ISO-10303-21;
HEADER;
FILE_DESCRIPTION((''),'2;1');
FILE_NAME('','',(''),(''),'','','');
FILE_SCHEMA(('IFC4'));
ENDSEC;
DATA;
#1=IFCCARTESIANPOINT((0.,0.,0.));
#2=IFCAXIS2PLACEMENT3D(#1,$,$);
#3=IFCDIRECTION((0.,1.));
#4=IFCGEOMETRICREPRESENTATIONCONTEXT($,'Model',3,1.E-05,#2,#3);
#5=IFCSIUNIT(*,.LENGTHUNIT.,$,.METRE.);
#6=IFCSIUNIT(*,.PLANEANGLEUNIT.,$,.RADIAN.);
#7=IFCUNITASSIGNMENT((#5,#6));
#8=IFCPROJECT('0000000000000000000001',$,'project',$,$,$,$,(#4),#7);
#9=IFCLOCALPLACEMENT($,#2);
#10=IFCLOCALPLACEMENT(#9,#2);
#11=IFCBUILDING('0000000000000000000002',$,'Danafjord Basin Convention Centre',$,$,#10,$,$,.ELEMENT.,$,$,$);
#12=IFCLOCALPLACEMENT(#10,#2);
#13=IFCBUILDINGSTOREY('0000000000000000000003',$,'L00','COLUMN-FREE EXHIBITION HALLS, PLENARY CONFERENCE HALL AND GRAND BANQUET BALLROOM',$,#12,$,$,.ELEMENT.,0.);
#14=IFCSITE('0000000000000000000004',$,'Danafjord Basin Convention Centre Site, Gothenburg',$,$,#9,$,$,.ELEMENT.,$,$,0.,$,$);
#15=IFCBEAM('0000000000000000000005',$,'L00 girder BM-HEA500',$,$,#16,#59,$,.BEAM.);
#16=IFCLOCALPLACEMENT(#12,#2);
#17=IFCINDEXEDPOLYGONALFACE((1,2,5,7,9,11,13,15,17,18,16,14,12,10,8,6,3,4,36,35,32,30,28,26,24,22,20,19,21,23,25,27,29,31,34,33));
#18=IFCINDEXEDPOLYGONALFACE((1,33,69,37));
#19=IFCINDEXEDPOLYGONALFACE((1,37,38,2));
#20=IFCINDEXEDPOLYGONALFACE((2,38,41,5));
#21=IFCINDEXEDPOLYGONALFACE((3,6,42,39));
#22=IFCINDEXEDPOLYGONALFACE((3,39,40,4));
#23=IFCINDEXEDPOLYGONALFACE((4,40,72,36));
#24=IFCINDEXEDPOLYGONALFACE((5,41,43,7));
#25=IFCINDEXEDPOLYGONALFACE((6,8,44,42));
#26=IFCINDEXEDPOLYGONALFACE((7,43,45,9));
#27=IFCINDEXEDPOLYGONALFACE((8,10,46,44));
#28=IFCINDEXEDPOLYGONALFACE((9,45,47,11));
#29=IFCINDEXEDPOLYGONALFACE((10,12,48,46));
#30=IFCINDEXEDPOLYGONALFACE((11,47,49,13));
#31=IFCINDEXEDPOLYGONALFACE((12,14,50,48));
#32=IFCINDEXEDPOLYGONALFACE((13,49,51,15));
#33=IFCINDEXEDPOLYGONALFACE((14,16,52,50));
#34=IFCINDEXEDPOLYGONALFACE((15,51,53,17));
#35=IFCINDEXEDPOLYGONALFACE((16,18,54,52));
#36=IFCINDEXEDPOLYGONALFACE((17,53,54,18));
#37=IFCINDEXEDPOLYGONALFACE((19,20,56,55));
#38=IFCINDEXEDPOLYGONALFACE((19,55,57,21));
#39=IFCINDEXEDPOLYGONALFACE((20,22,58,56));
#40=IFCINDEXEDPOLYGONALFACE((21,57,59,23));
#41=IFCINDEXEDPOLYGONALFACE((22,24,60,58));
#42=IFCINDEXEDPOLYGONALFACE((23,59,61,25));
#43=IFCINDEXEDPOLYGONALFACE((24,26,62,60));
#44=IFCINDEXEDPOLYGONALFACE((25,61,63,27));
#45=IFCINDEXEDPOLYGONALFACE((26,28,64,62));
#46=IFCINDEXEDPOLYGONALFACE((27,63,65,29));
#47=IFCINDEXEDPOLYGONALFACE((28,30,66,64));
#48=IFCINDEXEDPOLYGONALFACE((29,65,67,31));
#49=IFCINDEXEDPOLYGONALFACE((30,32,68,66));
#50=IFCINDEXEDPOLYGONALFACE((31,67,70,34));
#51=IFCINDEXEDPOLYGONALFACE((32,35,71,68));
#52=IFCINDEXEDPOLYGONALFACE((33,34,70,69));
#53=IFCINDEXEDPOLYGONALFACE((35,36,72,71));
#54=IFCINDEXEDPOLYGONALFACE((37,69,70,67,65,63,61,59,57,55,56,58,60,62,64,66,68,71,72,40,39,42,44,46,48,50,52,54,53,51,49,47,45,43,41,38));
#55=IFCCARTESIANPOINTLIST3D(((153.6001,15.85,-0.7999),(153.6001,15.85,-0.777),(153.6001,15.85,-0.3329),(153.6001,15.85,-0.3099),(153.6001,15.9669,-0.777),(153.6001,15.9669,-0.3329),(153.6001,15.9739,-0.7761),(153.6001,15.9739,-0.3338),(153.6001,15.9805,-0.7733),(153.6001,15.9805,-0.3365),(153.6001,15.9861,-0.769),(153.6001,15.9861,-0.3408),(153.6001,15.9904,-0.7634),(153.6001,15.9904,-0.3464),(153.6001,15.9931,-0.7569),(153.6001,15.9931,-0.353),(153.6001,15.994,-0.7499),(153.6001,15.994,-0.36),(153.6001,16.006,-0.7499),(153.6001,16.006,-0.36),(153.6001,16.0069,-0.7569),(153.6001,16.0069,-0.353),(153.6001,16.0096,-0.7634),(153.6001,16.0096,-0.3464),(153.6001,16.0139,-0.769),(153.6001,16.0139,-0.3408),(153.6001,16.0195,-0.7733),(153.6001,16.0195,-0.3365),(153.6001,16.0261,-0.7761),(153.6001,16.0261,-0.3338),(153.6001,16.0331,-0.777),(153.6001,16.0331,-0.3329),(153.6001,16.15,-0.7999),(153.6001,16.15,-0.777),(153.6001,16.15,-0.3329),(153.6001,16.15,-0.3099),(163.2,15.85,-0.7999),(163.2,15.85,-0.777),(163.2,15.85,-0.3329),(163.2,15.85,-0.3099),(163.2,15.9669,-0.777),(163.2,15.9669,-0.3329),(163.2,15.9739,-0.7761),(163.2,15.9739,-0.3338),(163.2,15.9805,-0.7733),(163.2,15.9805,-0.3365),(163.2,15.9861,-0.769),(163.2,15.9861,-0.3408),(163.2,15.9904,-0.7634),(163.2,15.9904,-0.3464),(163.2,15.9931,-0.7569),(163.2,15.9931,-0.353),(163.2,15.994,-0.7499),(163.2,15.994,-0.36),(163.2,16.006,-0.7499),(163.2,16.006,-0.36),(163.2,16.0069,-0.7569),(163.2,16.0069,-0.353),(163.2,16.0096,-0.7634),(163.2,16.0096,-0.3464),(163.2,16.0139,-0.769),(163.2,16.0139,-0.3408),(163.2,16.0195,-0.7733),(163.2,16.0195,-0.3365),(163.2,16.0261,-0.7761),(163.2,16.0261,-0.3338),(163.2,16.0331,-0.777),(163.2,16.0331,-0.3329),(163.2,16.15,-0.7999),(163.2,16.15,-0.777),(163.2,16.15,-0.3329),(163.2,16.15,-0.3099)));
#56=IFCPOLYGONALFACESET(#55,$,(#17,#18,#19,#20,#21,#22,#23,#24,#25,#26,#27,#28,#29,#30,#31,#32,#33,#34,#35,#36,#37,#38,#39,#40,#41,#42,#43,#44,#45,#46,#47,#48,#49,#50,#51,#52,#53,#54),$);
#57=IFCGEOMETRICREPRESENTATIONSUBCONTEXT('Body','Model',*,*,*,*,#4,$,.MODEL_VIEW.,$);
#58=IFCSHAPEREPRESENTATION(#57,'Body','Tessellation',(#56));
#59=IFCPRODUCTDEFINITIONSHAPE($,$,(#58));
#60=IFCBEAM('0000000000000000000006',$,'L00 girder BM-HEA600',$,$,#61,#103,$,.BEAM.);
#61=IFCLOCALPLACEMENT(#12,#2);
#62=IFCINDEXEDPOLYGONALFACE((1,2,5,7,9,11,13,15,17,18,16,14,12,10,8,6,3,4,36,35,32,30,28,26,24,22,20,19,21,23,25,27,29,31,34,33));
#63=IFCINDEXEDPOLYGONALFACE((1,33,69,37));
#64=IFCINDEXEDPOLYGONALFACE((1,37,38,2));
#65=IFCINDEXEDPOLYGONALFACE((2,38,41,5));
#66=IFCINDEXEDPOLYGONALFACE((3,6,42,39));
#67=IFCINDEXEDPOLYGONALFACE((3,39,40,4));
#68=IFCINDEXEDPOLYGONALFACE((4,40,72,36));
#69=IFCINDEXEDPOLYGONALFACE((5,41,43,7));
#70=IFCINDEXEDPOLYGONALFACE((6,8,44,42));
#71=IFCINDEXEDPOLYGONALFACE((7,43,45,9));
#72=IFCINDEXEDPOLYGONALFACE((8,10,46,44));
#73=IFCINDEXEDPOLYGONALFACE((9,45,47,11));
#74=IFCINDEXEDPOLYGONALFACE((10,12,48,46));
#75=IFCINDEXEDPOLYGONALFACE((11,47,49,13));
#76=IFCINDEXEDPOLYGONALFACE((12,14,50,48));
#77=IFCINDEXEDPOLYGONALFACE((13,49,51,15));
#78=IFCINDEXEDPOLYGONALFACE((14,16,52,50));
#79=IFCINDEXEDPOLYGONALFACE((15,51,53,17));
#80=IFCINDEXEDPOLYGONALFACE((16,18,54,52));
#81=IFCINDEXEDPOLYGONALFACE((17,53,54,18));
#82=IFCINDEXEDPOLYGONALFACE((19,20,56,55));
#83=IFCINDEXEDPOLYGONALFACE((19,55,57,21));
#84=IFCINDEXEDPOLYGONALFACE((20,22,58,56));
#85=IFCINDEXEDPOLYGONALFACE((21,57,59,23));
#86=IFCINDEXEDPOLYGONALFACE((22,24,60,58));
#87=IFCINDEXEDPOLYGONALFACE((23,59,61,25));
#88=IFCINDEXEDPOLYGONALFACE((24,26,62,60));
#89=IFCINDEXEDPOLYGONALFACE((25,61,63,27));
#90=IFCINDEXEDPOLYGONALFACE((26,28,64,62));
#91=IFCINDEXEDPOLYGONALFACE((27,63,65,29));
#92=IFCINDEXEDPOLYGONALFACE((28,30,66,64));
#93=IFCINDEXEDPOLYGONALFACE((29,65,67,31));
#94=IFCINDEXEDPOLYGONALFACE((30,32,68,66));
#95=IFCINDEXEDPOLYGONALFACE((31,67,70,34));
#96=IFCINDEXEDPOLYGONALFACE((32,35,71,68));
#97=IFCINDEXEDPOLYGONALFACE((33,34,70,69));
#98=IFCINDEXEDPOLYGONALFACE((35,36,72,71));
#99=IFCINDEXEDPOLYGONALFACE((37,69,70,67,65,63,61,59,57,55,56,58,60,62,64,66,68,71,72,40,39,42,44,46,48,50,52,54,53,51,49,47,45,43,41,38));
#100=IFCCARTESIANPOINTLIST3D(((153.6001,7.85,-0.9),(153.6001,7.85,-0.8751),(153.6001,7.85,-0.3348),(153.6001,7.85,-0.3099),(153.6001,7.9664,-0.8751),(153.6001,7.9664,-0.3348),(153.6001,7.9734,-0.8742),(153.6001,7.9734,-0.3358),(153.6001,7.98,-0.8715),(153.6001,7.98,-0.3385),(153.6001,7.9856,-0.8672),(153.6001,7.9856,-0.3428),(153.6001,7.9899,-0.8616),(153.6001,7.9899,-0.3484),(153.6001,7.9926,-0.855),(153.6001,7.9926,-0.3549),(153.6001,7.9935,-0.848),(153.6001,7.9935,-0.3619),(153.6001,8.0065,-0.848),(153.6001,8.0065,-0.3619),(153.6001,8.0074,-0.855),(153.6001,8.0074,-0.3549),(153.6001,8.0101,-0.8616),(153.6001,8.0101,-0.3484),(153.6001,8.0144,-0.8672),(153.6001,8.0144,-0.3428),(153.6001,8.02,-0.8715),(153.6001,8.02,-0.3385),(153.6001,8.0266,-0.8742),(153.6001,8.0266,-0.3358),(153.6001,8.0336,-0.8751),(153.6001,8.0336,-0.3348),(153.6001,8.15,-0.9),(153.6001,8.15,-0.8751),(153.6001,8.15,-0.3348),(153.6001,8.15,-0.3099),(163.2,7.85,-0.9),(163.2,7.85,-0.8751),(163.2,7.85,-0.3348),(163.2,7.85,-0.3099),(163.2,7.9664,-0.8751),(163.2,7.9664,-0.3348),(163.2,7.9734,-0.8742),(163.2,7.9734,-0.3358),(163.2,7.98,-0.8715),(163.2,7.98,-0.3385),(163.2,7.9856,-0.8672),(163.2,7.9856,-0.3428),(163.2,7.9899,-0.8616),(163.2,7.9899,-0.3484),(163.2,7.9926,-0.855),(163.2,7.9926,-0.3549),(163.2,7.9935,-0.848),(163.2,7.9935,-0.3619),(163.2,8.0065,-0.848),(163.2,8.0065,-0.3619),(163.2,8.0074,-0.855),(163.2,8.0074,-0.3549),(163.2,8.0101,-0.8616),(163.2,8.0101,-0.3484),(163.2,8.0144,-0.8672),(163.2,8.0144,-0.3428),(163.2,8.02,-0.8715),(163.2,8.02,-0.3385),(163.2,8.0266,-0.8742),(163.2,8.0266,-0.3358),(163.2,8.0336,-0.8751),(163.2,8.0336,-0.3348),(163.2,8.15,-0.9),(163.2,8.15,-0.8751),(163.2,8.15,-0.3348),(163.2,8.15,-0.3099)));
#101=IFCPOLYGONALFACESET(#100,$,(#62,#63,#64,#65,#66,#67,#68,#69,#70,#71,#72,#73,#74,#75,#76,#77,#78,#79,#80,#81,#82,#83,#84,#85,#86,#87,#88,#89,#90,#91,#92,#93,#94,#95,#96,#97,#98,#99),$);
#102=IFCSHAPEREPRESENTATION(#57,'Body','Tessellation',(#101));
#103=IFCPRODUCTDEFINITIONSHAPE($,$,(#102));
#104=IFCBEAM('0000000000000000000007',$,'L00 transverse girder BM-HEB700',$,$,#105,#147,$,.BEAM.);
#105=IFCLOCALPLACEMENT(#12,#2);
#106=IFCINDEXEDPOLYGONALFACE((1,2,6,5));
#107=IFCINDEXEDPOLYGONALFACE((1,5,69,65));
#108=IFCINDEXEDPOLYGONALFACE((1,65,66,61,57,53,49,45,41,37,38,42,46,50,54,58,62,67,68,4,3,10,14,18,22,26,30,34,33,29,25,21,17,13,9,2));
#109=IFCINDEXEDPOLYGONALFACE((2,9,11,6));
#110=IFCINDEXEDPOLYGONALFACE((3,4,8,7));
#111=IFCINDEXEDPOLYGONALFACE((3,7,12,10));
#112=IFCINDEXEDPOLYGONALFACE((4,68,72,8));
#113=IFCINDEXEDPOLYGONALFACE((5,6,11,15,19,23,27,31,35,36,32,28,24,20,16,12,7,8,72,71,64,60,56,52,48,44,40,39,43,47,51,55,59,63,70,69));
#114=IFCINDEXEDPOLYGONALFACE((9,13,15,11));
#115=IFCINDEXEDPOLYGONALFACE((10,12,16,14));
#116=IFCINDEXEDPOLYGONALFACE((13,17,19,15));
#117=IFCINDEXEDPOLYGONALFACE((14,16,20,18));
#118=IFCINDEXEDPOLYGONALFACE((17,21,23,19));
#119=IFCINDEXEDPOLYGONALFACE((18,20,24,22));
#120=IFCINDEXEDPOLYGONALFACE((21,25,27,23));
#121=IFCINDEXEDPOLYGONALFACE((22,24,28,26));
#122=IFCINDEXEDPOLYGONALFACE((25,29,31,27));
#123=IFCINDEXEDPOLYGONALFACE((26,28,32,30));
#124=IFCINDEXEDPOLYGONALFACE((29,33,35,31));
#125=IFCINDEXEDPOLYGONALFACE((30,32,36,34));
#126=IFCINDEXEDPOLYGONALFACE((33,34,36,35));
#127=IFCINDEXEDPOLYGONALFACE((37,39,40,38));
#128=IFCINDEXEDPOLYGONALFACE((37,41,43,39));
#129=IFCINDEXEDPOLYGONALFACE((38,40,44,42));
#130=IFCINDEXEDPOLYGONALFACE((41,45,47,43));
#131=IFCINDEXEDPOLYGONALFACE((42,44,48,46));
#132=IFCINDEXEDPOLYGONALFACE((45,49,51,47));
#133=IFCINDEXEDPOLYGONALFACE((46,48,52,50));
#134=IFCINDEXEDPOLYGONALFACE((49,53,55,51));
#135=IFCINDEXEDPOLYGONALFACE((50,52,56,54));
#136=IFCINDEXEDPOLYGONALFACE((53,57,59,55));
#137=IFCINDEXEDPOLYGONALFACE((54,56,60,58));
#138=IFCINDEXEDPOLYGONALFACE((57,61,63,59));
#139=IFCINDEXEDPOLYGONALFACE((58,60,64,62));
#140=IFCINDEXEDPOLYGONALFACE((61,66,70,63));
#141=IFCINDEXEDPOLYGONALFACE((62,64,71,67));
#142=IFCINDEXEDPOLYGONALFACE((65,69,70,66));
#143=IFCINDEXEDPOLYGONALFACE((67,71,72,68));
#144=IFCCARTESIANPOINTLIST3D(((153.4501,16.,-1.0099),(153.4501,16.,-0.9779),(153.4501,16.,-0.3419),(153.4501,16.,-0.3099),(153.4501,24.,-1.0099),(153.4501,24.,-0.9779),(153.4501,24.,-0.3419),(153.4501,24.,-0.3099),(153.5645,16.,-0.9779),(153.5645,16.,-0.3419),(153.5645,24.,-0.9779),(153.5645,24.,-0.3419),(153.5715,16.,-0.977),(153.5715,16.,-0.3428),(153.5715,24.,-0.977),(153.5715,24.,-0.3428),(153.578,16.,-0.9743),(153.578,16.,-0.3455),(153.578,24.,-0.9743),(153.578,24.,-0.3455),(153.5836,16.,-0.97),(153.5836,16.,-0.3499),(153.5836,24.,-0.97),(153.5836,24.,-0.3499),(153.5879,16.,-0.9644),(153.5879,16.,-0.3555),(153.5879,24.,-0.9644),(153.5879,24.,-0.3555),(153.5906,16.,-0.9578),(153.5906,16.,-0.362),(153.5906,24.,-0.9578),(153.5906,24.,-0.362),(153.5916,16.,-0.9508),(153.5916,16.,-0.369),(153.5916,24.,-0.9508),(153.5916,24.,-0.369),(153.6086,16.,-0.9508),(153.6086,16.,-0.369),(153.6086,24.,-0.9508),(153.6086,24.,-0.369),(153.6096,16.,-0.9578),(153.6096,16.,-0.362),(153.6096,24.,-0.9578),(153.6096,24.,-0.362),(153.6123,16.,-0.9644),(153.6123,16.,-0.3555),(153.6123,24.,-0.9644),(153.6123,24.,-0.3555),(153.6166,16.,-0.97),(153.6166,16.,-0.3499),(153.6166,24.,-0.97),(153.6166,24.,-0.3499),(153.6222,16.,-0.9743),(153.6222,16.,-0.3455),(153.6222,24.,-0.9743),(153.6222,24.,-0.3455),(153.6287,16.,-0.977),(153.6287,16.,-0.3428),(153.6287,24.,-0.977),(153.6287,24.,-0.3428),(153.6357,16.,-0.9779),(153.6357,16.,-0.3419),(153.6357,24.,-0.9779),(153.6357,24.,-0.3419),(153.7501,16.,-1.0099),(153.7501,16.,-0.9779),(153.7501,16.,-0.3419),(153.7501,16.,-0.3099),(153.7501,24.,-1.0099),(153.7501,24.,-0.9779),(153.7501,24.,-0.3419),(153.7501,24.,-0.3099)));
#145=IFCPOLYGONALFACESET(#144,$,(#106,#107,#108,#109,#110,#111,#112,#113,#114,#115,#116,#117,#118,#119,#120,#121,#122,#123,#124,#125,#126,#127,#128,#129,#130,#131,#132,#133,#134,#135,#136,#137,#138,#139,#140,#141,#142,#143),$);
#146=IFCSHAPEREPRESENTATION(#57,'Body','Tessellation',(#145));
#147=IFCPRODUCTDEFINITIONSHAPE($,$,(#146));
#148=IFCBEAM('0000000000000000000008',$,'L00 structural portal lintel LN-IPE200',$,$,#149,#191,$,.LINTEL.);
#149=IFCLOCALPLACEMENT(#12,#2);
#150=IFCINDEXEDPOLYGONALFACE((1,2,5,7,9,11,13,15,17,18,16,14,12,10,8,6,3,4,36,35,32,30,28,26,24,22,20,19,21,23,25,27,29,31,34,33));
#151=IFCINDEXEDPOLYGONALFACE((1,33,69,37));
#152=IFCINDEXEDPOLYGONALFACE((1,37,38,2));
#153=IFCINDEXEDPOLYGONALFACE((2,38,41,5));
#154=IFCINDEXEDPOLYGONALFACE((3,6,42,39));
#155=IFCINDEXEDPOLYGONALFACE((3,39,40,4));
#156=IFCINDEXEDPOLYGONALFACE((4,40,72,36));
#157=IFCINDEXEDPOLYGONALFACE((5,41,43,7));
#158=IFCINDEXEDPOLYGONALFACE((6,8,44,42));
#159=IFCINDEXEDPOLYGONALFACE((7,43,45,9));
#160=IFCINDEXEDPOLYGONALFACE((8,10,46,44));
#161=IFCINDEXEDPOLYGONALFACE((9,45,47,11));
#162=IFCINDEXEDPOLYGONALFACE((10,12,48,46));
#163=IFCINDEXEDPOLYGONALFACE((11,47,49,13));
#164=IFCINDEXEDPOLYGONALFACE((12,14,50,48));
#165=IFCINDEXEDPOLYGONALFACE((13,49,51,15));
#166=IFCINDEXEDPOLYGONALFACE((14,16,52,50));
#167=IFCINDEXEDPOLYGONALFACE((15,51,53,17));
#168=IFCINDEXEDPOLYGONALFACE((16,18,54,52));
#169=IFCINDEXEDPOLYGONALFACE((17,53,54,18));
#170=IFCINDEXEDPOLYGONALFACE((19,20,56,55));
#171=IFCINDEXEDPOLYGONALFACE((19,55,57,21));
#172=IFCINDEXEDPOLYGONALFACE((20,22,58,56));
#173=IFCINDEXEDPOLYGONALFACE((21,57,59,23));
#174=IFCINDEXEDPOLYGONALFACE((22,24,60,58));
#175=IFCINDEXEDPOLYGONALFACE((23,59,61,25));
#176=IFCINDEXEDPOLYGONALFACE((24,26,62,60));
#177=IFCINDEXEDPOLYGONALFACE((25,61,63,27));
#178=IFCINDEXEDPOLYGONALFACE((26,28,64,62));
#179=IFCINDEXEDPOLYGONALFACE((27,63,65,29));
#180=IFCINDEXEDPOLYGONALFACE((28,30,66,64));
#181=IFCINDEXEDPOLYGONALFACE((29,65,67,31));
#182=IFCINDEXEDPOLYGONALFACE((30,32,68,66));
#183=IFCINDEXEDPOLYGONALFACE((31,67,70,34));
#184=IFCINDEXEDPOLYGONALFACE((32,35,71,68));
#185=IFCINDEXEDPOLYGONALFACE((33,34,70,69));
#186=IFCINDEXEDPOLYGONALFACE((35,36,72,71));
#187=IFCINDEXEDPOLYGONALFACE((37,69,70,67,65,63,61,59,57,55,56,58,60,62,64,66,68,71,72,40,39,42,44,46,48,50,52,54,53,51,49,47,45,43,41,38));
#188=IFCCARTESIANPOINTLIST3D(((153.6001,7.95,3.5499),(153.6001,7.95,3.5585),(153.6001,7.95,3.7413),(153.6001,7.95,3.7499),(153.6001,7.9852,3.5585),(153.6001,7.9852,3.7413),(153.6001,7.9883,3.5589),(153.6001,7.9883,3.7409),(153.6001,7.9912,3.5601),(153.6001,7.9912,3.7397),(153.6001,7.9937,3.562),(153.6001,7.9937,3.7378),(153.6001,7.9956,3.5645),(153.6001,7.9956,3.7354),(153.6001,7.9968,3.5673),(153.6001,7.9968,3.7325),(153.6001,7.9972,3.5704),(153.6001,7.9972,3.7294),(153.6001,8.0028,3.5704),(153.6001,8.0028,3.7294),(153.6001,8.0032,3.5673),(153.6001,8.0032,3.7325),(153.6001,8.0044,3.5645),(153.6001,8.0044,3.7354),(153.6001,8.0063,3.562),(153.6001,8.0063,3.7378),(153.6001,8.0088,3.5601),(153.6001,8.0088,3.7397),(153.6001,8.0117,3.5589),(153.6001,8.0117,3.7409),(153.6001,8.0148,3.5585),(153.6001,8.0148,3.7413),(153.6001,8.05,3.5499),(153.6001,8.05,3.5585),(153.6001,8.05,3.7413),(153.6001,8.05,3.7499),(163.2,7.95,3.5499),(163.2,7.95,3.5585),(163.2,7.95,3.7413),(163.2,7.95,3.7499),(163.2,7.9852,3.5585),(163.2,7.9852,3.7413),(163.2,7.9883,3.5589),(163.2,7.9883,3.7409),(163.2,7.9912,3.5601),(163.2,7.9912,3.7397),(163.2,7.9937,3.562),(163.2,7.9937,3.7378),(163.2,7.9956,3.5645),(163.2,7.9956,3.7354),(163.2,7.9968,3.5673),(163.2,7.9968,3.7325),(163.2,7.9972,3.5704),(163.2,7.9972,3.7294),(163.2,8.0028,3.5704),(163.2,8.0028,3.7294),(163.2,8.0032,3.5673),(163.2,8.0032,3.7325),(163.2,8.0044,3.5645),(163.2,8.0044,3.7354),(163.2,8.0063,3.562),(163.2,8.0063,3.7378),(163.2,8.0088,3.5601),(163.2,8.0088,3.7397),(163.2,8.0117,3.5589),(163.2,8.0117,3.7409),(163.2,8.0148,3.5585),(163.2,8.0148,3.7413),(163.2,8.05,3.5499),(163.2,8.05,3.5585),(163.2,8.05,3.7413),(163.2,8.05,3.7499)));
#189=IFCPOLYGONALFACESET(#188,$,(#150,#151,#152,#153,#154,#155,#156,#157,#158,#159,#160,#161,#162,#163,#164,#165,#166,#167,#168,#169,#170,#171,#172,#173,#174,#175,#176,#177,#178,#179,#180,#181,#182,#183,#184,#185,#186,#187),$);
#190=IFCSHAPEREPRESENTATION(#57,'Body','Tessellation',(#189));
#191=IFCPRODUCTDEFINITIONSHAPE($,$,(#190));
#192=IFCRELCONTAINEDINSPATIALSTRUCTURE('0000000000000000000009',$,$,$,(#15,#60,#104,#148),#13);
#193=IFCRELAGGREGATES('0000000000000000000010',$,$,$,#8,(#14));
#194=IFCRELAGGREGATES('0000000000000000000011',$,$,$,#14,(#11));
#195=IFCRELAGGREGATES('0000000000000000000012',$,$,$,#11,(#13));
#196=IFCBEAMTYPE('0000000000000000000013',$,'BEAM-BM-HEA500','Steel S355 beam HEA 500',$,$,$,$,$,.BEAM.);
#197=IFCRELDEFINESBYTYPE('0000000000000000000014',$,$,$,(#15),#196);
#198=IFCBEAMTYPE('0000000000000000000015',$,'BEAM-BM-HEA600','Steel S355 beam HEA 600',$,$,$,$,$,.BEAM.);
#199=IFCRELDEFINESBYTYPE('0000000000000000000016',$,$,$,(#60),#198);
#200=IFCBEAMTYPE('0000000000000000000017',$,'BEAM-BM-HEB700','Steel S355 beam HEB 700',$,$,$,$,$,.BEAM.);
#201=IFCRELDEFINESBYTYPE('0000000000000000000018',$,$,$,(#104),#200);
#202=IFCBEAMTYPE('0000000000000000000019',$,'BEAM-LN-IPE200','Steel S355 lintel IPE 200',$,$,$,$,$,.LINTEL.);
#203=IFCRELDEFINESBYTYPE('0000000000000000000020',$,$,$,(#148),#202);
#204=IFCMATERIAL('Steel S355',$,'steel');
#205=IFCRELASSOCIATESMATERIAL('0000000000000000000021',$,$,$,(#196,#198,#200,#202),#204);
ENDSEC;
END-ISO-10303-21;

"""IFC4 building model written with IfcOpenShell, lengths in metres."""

from ifc_helpers import new_model, si_unit, direction, frame, origin, origin_2d, place, context, subcontext, project, spatial, i_section, extrude, material, material_profile, profile_set, type_object, element, save


model = new_model("IFC4")

# Units and contexts
model_context = context("Model", 3, precision=1e-05, world=origin(), true_north=direction((0.0, 1.0)))
body_context = subcontext(model_context, "Body", "Model", "MODEL_VIEW")
ifc_project = project(units=[si_unit("LENGTHUNIT", "METRE"), si_unit("PLANEANGLEUNIT", "RADIAN")], contexts=[model_context])

# Site, building, storey
site_placement = place(None, origin())
site = spatial("IfcSite", under=ifc_project, at=site_placement, Name="Danafjord Basin Convention Centre Site, Gothenburg", CompositionType="ELEMENT", RefElevation=0.0)
building_placement = place(site_placement, origin())
building = spatial("IfcBuilding", under=site, at=building_placement, Name="Danafjord Basin Convention Centre", CompositionType="ELEMENT")
storey_placement = place(building_placement, origin())
storey = spatial("IfcBuildingStorey", under=building, at=storey_placement, Name="L00", Description="COLUMN-FREE EXHIBITION HALLS, PLENARY CONFERENCE HALL AND GRAND BANQUET BALLROOM", CompositionType="ELEMENT", Elevation=0.0)

# Shared definitions
ifc_material_1 = material(Name="Steel S355", Category="steel")

# Beams
ifc_material_profile_1 = material_profile(ifc_material_1, i_section(OverallWidth=0.3, OverallDepth=0.49, WebThickness=0.012, FlangeThickness=0.0229, FilletRadius=0.0271, at=origin_2d()), Name="HEA 500")
ifc_profile_set_1 = profile_set([ifc_material_profile_1], Name="Steel S355")
beam_type_1 = type_object("IfcBeamType", Name="BEAM-BM-HEA500", Description="Steel S355 beam HEA 500", PredefinedType="BEAM", material=ifc_profile_set_1)
beam_1_placement = place(storey_placement, frame((153.6001, 16.0, -0.5549), z_axis=(1.0, 0.0, 0.0), x_axis=(0.0, 1.0, 0.0)))
element("IfcBeam", 1, at=beam_1_placement, inside=storey, type_object=beam_type_1, Name="L00 girder BM-HEA500", PredefinedType="BEAM", context=body_context, shape_type="SweptSolid", body=[
    extrude(i_section(OverallWidth=0.3, OverallDepth=0.49, WebThickness=0.012, FlangeThickness=0.0229, FilletRadius=0.0271, at=origin_2d()), origin(), (0.0, 0.0, 1.0), 9.5999),
])
ifc_material_profile_2 = material_profile(ifc_material_1, i_section(OverallWidth=0.3, OverallDepth=0.5901, WebThickness=0.0129, FlangeThickness=0.0249, FilletRadius=0.0271, at=origin_2d()), Name="HEA 600")
ifc_profile_set_2 = profile_set([ifc_material_profile_2], Name="Steel S355")
beam_type_2 = type_object("IfcBeamType", Name="BEAM-BM-HEA600", Description="Steel S355 beam HEA 600", PredefinedType="BEAM", material=ifc_profile_set_2)
beam_2_placement = place(storey_placement, frame((153.6001, 8.0, -0.605), z_axis=(1.0, 0.0, 0.0), x_axis=(0.0, 1.0, 0.0)))
element("IfcBeam", 2, at=beam_2_placement, inside=storey, type_object=beam_type_2, Name="L00 girder BM-HEA600", PredefinedType="BEAM", context=body_context, shape_type="SweptSolid", body=[
    extrude(i_section(OverallWidth=0.3, OverallDepth=0.5901, WebThickness=0.0129, FlangeThickness=0.0249, FilletRadius=0.0271, at=origin_2d()), origin(), (0.0, 0.0, 1.0), 9.5999),
])
ifc_material_profile_3 = material_profile(ifc_material_1, i_section(OverallWidth=0.3, OverallDepth=0.7, WebThickness=0.0171, FlangeThickness=0.032, FilletRadius=0.0271, at=origin_2d()), Name="HEB 700")
ifc_profile_set_3 = profile_set([ifc_material_profile_3], Name="Steel S355")
beam_type_3 = type_object("IfcBeamType", Name="BEAM-BM-HEB700", Description="Steel S355 beam HEB 700", PredefinedType="BEAM", material=ifc_profile_set_3)
beam_3_placement = place(storey_placement, frame((153.6001, 16.0, -0.6599), z_axis=(0.0, 1.0, 0.0), x_axis=(-1.0, 0.0, 0.0)))
element("IfcBeam", 3, at=beam_3_placement, inside=storey, type_object=beam_type_3, Name="L00 transverse girder BM-HEB700", PredefinedType="BEAM", context=body_context, shape_type="SweptSolid", body=[
    extrude(i_section(OverallWidth=0.3, OverallDepth=0.7, WebThickness=0.0171, FlangeThickness=0.032, FilletRadius=0.0271, at=origin_2d()), origin(), (0.0, 0.0, 1.0), 8.0),
])
ifc_material_profile_4 = material_profile(ifc_material_1, i_section(OverallWidth=0.1001, OverallDepth=0.2, WebThickness=0.0056, FlangeThickness=0.0085, FilletRadius=0.012, at=origin_2d()), Name="IPE 200")
ifc_profile_set_4 = profile_set([ifc_material_profile_4], Name="Steel S355")
beam_type_4 = type_object("IfcBeamType", Name="BEAM-LN-IPE200", Description="Steel S355 lintel IPE 200", PredefinedType="LINTEL", material=ifc_profile_set_4)
beam_4_placement = place(storey_placement, frame((153.6001, 8.0, 3.6499), z_axis=(1.0, 0.0, 0.0), x_axis=(0.0, 1.0, 0.0)))
element("IfcBeam", 4, at=beam_4_placement, inside=storey, type_object=beam_type_4, Name="L00 structural portal lintel LN-IPE200", PredefinedType="LINTEL", context=body_context, shape_type="SweptSolid", body=[
    extrude(i_section(OverallWidth=0.1001, OverallDepth=0.2, WebThickness=0.0056, FlangeThickness=0.0085, FilletRadius=0.012, at=origin_2d()), origin(), (0.0, 0.0, 1.0), 9.5999),
])

save(model, "model.ifc")
